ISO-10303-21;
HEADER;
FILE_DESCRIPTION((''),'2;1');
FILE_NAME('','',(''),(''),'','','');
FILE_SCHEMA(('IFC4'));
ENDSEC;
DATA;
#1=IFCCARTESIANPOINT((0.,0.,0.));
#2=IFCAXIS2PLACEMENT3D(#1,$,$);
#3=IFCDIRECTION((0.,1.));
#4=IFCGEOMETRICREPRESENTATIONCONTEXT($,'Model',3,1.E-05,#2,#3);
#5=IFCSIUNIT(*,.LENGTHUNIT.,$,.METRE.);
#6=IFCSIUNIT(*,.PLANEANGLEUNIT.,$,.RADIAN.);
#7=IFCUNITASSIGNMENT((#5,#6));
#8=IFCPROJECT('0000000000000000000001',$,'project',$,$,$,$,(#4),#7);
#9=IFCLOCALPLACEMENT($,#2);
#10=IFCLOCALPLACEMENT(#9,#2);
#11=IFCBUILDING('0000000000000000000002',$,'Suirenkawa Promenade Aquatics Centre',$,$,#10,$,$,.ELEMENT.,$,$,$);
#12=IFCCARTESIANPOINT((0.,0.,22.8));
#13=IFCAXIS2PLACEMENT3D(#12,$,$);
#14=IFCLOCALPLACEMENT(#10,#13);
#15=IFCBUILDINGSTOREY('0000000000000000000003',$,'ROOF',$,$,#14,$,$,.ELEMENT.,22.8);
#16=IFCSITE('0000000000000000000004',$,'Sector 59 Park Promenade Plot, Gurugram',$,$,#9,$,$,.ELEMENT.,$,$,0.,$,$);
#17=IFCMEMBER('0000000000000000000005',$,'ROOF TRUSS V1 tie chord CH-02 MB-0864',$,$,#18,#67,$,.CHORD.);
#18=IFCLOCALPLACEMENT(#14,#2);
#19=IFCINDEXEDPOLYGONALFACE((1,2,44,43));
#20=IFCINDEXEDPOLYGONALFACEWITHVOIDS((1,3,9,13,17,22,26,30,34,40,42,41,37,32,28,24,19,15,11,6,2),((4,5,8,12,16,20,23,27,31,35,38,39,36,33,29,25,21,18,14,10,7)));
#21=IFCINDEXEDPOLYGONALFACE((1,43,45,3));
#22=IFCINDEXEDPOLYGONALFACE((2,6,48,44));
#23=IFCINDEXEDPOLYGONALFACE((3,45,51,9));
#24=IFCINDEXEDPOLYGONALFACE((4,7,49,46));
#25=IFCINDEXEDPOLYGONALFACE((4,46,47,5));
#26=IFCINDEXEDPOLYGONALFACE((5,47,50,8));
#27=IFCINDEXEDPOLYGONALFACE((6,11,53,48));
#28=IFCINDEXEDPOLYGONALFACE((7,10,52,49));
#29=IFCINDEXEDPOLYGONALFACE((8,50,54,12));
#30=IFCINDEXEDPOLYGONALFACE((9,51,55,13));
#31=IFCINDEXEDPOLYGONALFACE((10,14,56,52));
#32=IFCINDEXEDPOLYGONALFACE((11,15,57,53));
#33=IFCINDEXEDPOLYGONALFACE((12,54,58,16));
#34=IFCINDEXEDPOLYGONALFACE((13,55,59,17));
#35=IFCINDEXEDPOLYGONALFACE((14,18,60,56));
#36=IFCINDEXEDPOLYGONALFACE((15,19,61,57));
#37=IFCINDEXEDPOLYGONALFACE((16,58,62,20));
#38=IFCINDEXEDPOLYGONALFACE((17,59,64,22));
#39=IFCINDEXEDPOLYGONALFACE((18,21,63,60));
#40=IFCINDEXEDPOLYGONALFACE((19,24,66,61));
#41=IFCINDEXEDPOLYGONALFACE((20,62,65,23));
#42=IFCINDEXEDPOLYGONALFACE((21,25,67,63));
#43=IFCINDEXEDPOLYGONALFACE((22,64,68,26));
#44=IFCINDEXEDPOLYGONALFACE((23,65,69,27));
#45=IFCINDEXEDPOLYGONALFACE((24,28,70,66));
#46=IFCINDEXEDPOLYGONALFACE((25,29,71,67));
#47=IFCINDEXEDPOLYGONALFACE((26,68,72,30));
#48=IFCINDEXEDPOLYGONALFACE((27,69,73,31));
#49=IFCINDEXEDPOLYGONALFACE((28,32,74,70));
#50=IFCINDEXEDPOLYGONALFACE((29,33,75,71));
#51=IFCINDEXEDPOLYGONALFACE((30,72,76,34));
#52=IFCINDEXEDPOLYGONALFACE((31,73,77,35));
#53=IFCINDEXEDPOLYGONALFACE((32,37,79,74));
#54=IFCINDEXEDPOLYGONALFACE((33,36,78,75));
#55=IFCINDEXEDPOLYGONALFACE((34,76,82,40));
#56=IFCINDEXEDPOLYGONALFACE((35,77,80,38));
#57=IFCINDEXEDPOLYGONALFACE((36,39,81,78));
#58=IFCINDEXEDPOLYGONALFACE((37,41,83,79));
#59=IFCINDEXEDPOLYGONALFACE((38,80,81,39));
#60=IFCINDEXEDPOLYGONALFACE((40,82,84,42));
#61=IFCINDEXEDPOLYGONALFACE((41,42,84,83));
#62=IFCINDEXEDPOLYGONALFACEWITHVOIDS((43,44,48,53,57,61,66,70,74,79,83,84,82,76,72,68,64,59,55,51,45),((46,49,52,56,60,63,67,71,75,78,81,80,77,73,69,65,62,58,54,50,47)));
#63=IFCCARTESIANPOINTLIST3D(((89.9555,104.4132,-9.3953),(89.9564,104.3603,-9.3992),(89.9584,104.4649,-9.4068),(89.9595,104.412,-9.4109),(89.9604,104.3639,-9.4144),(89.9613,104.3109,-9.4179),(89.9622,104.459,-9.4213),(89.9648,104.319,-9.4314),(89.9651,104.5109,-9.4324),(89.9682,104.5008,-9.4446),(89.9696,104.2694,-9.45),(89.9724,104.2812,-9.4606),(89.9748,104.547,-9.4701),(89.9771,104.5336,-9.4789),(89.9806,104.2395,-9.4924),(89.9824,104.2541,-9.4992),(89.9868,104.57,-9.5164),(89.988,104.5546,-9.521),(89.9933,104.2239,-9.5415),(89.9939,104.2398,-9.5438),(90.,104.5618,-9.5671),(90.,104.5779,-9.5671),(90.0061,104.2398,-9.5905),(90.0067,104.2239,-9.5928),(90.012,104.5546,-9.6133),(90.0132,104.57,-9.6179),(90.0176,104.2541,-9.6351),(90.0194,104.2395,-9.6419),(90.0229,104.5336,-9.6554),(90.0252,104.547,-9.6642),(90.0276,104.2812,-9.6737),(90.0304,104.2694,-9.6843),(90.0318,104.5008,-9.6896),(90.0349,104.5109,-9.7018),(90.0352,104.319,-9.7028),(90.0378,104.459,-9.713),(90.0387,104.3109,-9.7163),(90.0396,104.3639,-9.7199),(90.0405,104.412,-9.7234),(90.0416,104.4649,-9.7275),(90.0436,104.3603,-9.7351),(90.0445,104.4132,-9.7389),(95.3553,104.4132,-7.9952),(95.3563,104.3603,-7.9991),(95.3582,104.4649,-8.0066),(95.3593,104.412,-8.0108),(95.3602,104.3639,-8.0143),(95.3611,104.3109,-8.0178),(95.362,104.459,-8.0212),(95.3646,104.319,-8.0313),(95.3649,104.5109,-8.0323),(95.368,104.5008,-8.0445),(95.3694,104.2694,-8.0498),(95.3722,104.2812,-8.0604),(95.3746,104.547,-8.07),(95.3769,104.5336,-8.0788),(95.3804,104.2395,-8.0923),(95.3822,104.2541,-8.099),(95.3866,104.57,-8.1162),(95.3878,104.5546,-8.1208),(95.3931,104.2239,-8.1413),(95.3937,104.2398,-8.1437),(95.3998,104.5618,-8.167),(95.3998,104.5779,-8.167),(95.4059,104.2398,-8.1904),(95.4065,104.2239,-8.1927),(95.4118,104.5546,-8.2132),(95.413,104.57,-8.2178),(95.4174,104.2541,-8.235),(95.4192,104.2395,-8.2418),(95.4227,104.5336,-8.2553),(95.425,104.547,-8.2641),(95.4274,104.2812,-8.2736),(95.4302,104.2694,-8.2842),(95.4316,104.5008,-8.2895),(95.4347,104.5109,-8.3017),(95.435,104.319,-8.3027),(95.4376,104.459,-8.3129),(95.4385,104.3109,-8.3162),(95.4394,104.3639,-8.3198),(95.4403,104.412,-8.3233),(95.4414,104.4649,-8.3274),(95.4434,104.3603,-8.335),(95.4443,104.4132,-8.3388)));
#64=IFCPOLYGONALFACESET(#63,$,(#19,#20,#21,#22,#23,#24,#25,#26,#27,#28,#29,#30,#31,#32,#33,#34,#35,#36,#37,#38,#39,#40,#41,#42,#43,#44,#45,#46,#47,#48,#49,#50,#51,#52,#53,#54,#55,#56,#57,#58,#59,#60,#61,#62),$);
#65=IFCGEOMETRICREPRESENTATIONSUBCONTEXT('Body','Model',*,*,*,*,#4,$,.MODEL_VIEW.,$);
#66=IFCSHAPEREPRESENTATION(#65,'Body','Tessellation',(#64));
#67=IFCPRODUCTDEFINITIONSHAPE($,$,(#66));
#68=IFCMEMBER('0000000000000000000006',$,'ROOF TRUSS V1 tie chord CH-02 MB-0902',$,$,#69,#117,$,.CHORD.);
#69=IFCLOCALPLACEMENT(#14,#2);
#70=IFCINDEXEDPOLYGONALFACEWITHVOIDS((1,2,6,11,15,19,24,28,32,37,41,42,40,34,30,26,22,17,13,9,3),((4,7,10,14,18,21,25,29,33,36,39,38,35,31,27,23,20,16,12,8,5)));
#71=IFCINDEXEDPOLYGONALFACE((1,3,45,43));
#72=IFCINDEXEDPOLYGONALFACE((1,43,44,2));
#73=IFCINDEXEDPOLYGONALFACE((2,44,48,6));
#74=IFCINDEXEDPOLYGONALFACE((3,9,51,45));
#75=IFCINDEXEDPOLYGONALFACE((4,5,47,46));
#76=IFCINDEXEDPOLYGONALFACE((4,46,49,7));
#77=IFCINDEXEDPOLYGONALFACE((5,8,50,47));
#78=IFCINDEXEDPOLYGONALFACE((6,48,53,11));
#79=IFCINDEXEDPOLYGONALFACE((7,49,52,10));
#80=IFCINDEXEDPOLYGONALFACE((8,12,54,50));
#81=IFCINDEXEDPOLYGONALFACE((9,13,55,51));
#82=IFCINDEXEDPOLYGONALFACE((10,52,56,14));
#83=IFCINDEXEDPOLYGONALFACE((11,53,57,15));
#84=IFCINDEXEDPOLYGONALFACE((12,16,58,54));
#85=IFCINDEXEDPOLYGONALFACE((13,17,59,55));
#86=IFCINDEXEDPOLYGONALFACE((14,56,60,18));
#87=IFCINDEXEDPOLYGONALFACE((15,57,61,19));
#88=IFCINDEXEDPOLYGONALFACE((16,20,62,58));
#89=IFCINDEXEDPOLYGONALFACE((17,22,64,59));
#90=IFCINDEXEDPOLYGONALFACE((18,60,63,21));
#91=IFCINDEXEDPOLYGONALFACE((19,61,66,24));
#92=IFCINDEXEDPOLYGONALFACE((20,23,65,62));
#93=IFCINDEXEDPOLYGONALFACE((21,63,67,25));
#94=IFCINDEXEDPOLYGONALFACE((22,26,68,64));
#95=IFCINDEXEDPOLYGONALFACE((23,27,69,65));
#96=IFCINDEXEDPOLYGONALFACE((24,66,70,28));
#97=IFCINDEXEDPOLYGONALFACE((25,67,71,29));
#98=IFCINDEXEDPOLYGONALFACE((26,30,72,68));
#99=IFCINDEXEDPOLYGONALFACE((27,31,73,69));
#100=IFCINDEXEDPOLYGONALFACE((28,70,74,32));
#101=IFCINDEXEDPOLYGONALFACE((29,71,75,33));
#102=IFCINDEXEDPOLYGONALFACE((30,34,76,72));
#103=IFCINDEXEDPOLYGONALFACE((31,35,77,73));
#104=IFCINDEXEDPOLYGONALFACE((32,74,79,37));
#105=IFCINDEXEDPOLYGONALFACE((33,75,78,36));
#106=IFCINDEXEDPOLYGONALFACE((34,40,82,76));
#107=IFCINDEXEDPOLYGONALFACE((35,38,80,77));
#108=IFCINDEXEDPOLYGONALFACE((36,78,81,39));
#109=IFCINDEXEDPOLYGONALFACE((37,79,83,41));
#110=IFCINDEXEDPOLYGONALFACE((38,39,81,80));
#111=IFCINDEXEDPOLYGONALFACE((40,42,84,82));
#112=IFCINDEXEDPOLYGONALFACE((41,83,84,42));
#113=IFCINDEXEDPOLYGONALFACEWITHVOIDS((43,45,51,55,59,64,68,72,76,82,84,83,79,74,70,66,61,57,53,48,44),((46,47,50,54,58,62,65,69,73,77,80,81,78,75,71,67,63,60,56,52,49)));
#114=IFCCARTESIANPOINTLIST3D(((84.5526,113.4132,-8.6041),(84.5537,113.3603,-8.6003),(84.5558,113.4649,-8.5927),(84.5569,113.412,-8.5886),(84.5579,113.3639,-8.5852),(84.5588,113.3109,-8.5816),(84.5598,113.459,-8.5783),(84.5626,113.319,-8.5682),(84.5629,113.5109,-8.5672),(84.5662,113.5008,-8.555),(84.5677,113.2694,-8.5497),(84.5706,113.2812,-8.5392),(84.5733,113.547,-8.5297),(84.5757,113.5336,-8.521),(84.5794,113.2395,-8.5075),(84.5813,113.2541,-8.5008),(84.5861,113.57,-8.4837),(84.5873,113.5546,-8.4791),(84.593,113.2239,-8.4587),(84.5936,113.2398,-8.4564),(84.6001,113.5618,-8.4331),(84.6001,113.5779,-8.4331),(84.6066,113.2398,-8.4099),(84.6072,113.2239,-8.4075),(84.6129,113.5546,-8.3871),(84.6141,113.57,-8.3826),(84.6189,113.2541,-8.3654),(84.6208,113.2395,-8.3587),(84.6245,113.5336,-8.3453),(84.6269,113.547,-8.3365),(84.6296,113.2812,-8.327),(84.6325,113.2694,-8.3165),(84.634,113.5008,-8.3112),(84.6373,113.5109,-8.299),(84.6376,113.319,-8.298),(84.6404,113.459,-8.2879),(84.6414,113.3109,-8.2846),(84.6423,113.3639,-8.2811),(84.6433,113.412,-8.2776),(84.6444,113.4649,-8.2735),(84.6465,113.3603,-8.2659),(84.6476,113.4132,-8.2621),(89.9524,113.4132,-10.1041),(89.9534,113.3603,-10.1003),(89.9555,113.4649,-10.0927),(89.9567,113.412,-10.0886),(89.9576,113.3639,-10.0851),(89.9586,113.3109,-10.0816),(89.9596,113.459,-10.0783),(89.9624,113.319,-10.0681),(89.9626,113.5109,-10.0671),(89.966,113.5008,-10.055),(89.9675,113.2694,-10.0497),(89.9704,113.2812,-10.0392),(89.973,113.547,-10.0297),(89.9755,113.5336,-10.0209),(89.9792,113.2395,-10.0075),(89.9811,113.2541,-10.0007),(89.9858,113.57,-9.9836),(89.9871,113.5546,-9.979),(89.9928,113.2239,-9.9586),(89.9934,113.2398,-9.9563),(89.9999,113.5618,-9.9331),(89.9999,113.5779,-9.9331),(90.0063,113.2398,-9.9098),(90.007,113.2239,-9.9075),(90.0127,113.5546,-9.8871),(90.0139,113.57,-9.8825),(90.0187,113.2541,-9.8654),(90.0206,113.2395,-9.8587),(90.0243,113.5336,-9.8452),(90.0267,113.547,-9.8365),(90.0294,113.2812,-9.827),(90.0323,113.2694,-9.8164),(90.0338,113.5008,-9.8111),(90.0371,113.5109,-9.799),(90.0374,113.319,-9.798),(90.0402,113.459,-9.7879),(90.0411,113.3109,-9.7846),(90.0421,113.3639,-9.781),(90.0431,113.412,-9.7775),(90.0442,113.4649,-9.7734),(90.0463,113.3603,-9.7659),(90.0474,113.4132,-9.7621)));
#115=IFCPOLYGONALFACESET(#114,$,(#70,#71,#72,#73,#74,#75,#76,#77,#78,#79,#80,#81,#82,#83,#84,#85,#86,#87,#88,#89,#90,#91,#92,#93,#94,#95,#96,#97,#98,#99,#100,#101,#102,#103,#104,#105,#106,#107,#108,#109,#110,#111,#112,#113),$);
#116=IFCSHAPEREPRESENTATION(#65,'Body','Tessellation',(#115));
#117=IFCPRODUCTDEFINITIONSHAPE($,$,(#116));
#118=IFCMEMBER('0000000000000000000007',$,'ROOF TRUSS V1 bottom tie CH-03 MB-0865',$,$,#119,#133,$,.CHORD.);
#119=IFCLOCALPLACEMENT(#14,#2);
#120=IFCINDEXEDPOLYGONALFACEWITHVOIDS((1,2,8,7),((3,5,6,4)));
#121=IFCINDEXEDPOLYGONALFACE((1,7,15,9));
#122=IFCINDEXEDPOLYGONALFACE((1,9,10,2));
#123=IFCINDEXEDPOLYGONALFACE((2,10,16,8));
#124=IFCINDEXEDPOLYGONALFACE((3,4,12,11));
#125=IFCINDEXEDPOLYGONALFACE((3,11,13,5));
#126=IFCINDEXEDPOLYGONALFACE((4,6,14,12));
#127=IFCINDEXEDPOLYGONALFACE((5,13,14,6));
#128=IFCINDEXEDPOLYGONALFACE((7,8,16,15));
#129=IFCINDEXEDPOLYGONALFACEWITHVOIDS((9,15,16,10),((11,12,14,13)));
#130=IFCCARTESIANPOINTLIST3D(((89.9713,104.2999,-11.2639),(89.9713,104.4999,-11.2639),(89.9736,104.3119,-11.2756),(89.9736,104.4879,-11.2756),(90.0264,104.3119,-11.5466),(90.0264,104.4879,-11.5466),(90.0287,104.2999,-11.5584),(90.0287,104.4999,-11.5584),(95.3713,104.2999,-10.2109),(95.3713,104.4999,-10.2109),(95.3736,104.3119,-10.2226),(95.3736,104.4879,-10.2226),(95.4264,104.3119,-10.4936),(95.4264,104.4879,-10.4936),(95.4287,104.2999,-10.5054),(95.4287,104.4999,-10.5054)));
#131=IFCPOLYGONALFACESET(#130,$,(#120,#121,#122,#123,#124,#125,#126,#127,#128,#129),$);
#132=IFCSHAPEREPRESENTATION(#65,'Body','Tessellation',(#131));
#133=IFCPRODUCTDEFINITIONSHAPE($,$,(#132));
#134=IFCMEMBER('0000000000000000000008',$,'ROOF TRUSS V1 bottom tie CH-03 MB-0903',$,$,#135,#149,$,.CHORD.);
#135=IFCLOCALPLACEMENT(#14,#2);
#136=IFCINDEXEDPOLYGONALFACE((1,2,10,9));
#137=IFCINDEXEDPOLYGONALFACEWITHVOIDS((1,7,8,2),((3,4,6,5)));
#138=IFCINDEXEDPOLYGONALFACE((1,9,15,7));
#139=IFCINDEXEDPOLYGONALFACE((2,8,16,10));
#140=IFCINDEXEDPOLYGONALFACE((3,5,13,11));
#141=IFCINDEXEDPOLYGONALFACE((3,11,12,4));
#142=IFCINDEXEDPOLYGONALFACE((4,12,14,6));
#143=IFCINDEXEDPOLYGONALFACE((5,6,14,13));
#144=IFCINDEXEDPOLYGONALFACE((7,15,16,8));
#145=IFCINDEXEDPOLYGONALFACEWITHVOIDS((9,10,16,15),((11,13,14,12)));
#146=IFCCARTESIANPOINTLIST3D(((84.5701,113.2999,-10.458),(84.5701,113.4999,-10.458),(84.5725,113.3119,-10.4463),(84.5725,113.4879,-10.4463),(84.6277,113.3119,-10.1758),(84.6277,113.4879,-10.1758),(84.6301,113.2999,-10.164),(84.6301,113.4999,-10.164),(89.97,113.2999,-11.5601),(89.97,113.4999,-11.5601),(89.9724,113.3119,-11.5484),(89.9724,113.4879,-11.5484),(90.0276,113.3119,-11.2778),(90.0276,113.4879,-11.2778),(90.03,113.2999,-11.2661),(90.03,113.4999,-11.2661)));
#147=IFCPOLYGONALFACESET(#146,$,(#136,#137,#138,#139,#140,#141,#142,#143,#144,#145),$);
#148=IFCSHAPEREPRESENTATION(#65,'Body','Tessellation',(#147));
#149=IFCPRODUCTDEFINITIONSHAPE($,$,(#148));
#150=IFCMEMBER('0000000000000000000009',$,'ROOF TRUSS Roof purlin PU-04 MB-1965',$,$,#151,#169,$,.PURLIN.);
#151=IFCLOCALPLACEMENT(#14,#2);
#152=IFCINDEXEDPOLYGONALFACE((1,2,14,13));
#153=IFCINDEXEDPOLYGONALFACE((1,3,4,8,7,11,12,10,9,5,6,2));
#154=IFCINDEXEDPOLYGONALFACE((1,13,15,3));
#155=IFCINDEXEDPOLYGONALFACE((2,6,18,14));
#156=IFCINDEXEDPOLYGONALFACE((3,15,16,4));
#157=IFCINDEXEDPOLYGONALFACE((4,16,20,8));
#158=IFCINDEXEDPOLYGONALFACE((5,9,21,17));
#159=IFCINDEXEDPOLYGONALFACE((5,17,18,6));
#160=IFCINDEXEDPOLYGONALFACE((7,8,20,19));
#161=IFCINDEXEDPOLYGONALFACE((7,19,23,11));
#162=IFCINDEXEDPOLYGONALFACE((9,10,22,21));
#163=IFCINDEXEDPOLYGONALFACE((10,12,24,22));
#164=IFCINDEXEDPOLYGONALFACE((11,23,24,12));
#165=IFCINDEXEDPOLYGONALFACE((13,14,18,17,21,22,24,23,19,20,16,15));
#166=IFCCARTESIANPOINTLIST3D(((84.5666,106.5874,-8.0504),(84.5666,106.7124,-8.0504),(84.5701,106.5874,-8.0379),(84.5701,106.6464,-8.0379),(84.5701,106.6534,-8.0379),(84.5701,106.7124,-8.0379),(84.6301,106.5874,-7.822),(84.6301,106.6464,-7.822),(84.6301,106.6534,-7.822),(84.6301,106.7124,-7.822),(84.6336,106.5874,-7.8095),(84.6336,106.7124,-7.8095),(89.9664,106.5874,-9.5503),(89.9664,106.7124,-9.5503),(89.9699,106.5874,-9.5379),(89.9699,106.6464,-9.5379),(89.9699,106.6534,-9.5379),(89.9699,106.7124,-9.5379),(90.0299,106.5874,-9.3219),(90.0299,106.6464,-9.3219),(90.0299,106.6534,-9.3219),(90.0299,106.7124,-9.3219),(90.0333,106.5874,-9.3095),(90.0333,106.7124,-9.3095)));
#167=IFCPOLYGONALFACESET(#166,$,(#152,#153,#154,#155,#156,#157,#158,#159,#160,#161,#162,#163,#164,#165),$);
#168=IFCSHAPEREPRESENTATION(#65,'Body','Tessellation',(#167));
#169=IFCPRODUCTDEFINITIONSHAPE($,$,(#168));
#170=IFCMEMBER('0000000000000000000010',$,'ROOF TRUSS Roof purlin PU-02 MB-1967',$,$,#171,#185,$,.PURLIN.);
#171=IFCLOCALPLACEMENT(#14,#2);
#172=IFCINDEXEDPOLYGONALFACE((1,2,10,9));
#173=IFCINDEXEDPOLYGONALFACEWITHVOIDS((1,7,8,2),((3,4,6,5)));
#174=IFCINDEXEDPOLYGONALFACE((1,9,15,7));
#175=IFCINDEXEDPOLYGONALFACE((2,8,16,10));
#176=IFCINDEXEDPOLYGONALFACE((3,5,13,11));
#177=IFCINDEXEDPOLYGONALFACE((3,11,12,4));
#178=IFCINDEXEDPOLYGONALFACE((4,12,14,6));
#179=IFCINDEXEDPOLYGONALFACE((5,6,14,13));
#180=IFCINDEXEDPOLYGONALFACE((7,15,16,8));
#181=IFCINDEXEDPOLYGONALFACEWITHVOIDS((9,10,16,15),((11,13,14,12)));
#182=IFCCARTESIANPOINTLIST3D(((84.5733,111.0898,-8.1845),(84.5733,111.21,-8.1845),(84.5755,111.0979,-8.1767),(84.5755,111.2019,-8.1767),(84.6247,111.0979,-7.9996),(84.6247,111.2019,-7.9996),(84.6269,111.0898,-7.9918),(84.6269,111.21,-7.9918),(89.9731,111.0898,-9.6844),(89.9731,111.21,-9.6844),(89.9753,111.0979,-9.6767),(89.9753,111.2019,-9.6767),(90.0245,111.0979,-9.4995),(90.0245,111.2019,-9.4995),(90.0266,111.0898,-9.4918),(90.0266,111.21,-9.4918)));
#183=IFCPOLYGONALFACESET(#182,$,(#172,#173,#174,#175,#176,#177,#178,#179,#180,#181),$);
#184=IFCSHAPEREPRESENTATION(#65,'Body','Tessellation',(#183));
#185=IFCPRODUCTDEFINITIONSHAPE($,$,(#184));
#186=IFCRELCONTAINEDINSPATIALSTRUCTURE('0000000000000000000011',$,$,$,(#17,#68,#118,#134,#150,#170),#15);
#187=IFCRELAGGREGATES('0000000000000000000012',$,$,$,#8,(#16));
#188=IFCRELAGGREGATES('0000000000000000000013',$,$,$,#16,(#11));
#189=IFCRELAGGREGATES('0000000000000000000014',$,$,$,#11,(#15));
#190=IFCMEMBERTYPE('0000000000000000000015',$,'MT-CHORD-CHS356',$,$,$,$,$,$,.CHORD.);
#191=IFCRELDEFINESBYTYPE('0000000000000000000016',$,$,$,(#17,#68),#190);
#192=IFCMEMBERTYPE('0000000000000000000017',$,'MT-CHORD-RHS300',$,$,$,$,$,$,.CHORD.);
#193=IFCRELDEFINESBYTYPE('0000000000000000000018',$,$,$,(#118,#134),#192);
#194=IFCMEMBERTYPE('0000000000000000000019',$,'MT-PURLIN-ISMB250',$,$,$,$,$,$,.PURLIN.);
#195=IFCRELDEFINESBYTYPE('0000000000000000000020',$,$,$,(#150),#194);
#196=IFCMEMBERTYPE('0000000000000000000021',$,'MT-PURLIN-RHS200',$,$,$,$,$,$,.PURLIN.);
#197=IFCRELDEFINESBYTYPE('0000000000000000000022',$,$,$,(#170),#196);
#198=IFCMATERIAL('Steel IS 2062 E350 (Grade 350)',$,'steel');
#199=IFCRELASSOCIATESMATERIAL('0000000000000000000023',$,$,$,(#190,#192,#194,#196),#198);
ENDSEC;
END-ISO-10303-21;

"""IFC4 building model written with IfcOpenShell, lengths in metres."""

from ifc_helpers import new_model, si_unit, direction, frame, origin, origin_2d, place, context, subcontext, project, spatial, hollow_rectangle, hollow_circle, i_section, extrude, material, material_profile, profile_set, type_object, element, save


model = new_model("IFC4")

# Units and contexts
model_context = context("Model", 3, precision=1e-05, world=origin(), true_north=direction((0.0, 1.0)))
body_context = subcontext(model_context, "Body", "Model", "MODEL_VIEW")
ifc_project = project(units=[si_unit("LENGTHUNIT", "METRE"), si_unit("PLANEANGLEUNIT", "RADIAN")], contexts=[model_context])

# Site, building, storey
site_placement = place(None, origin())
site = spatial("IfcSite", under=ifc_project, at=site_placement, Name="Sector 59 Park Promenade Plot, Gurugram", CompositionType="ELEMENT", RefElevation=0.0)
building_placement = place(site_placement, origin())
building = spatial("IfcBuilding", under=site, at=building_placement, Name="Suirenkawa Promenade Aquatics Centre", CompositionType="ELEMENT")
storey_placement = place(building_placement, frame((0.0, 0.0, 22.8)))
storey = spatial("IfcBuildingStorey", under=building, at=storey_placement, Name="ROOF", CompositionType="ELEMENT", Elevation=22.8)

# Shared definitions
ifc_material = material(Name="Steel IS 2062 E350 (Grade 350)", Category="steel")

# Members
ifc_material_profile_1 = material_profile(ifc_material, hollow_circle(Radius=0.178, WallThickness=0.0161, at=origin_2d()), Name="CHS 356x16", Category="steel")
ifc_profile_set_1 = profile_set([ifc_material_profile_1], Name="Steel IS 2062 E350 (Grade 350)")
member_type_1 = type_object("IfcMemberType", Name="MT-CHORD-CHS356", PredefinedType="CHORD", material=ifc_profile_set_1)
member_1_placement = place(storey_placement, frame((90.0, 104.3999, -9.5671), z_axis=(0.967989, 0.0, 0.250991), x_axis=(0.0, 1.0, 0.0)))
element("IfcMember", 1, at=member_1_placement, inside=storey, type_object=member_type_1, Name="ROOF TRUSS V1 tie chord CH-02 MB-0864", PredefinedType="CHORD", context=body_context, shape_type="SweptSolid", body=[
    extrude(hollow_circle(Radius=0.178, WallThickness=0.0161, at=origin_2d()), origin(), (0.0, 0.0, 1.0), 5.5784),
])
member_2_placement = place(storey_placement, frame((84.6001, 113.3999, -8.4331), z_axis=(0.963517, 0.0, -0.267648), x_axis=(0.0, 1.0, 0.0)))
element("IfcMember", 2, at=member_2_placement, inside=storey, type_object=member_type_1, Name="ROOF TRUSS V1 tie chord CH-02 MB-0902", PredefinedType="CHORD", context=body_context, shape_type="SweptSolid", body=[
    extrude(hollow_circle(Radius=0.178, WallThickness=0.0161, at=origin_2d()), origin(), (0.0, 0.0, 1.0), 5.6042),
])
ifc_material_profile_2 = material_profile(ifc_material, hollow_rectangle(XDim=0.2, YDim=0.3, WallThickness=0.012, at=origin_2d()), Name="RHS 300x200x12", Category="steel")
ifc_profile_set_2 = profile_set([ifc_material_profile_2], Name="Steel IS 2062 E350 (Grade 350)")
member_type_2 = type_object("IfcMemberType", Name="MT-CHORD-RHS300", PredefinedType="CHORD", material=ifc_profile_set_2)
member_3_placement = place(storey_placement, frame((90.0, 104.3999, -11.4111), z_axis=(0.981513, 0.0, 0.191395), x_axis=(0.0, 1.0, 0.0)))
element("IfcMember", 3, at=member_3_placement, inside=storey, type_object=member_type_2, Name="ROOF TRUSS V1 bottom tie CH-03 MB-0865", PredefinedType="CHORD", context=body_context, shape_type="SweptSolid", body=[
    extrude(hollow_rectangle(XDim=0.2, YDim=0.3, WallThickness=0.012, at=origin_2d()), origin(), (0.0, 0.0, 1.0), 5.5017),
])
member_4_placement = place(storey_placement, frame((84.6001, 113.3999, -10.311), z_axis=(0.979803, 0.0, -0.199965), x_axis=(0.0, 1.0, 0.0)))
element("IfcMember", 4, at=member_4_placement, inside=storey, type_object=member_type_2, Name="ROOF TRUSS V1 bottom tie CH-03 MB-0903", PredefinedType="CHORD", context=body_context, shape_type="SweptSolid", body=[
    extrude(hollow_rectangle(XDim=0.2, YDim=0.3, WallThickness=0.012, at=origin_2d()), origin(), (0.0, 0.0, 1.0), 5.5112),
])
ifc_material_profile_3 = material_profile(ifc_material, i_section(OverallWidth=0.125, OverallDepth=0.25, WebThickness=0.0071, FlangeThickness=0.0129, at=origin_2d()), Name="ISMB 250", Category="steel")
ifc_profile_set_3 = profile_set([ifc_material_profile_3], Name="Steel IS 2062 E350 (Grade 350)")
member_type_3 = type_object("IfcMemberType", Name="MT-PURLIN-ISMB250", PredefinedType="PURLIN", material=ifc_profile_set_3)
member_5_placement = place(storey_placement, frame((84.6001, 106.6499, -7.9299), z_axis=(0.963517, 0.0, -0.267648), x_axis=(0.0, 1.0, 0.0)))
element("IfcMember", 5, at=member_5_placement, inside=storey, type_object=member_type_3, Name="ROOF TRUSS Roof purlin PU-04 MB-1965", PredefinedType="PURLIN", context=body_context, shape_type="SweptSolid", body=[
    extrude(i_section(OverallWidth=0.125, OverallDepth=0.25, WebThickness=0.0071, FlangeThickness=0.0129, at=origin_2d()), origin(), (0.0, 0.0, 1.0), 5.6042),
])
ifc_material_profile_4 = material_profile(ifc_material, hollow_rectangle(XDim=0.1201, YDim=0.2, WallThickness=0.0081, at=origin_2d()), Name="RHS 200x120x8", Category="steel")
ifc_profile_set_4 = profile_set([ifc_material_profile_4], Name="Steel IS 2062 E350 (Grade 350)")
member_type_4 = type_object("IfcMemberType", Name="MT-PURLIN-RHS200", PredefinedType="PURLIN", material=ifc_profile_set_4)
member_6_placement = place(storey_placement, frame((84.6001, 111.1499, -8.0881), z_axis=(0.963517, 0.0, -0.267648), x_axis=(0.0, 1.0, 0.0)))
element("IfcMember", 6, at=member_6_placement, inside=storey, type_object=member_type_4, Name="ROOF TRUSS Roof purlin PU-02 MB-1967", PredefinedType="PURLIN", context=body_context, shape_type="SweptSolid", body=[
    extrude(hollow_rectangle(XDim=0.1201, YDim=0.2, WallThickness=0.0081, at=origin_2d()), origin(), (0.0, 0.0, 1.0), 5.6042),
])

save(model, "model.ifc")
